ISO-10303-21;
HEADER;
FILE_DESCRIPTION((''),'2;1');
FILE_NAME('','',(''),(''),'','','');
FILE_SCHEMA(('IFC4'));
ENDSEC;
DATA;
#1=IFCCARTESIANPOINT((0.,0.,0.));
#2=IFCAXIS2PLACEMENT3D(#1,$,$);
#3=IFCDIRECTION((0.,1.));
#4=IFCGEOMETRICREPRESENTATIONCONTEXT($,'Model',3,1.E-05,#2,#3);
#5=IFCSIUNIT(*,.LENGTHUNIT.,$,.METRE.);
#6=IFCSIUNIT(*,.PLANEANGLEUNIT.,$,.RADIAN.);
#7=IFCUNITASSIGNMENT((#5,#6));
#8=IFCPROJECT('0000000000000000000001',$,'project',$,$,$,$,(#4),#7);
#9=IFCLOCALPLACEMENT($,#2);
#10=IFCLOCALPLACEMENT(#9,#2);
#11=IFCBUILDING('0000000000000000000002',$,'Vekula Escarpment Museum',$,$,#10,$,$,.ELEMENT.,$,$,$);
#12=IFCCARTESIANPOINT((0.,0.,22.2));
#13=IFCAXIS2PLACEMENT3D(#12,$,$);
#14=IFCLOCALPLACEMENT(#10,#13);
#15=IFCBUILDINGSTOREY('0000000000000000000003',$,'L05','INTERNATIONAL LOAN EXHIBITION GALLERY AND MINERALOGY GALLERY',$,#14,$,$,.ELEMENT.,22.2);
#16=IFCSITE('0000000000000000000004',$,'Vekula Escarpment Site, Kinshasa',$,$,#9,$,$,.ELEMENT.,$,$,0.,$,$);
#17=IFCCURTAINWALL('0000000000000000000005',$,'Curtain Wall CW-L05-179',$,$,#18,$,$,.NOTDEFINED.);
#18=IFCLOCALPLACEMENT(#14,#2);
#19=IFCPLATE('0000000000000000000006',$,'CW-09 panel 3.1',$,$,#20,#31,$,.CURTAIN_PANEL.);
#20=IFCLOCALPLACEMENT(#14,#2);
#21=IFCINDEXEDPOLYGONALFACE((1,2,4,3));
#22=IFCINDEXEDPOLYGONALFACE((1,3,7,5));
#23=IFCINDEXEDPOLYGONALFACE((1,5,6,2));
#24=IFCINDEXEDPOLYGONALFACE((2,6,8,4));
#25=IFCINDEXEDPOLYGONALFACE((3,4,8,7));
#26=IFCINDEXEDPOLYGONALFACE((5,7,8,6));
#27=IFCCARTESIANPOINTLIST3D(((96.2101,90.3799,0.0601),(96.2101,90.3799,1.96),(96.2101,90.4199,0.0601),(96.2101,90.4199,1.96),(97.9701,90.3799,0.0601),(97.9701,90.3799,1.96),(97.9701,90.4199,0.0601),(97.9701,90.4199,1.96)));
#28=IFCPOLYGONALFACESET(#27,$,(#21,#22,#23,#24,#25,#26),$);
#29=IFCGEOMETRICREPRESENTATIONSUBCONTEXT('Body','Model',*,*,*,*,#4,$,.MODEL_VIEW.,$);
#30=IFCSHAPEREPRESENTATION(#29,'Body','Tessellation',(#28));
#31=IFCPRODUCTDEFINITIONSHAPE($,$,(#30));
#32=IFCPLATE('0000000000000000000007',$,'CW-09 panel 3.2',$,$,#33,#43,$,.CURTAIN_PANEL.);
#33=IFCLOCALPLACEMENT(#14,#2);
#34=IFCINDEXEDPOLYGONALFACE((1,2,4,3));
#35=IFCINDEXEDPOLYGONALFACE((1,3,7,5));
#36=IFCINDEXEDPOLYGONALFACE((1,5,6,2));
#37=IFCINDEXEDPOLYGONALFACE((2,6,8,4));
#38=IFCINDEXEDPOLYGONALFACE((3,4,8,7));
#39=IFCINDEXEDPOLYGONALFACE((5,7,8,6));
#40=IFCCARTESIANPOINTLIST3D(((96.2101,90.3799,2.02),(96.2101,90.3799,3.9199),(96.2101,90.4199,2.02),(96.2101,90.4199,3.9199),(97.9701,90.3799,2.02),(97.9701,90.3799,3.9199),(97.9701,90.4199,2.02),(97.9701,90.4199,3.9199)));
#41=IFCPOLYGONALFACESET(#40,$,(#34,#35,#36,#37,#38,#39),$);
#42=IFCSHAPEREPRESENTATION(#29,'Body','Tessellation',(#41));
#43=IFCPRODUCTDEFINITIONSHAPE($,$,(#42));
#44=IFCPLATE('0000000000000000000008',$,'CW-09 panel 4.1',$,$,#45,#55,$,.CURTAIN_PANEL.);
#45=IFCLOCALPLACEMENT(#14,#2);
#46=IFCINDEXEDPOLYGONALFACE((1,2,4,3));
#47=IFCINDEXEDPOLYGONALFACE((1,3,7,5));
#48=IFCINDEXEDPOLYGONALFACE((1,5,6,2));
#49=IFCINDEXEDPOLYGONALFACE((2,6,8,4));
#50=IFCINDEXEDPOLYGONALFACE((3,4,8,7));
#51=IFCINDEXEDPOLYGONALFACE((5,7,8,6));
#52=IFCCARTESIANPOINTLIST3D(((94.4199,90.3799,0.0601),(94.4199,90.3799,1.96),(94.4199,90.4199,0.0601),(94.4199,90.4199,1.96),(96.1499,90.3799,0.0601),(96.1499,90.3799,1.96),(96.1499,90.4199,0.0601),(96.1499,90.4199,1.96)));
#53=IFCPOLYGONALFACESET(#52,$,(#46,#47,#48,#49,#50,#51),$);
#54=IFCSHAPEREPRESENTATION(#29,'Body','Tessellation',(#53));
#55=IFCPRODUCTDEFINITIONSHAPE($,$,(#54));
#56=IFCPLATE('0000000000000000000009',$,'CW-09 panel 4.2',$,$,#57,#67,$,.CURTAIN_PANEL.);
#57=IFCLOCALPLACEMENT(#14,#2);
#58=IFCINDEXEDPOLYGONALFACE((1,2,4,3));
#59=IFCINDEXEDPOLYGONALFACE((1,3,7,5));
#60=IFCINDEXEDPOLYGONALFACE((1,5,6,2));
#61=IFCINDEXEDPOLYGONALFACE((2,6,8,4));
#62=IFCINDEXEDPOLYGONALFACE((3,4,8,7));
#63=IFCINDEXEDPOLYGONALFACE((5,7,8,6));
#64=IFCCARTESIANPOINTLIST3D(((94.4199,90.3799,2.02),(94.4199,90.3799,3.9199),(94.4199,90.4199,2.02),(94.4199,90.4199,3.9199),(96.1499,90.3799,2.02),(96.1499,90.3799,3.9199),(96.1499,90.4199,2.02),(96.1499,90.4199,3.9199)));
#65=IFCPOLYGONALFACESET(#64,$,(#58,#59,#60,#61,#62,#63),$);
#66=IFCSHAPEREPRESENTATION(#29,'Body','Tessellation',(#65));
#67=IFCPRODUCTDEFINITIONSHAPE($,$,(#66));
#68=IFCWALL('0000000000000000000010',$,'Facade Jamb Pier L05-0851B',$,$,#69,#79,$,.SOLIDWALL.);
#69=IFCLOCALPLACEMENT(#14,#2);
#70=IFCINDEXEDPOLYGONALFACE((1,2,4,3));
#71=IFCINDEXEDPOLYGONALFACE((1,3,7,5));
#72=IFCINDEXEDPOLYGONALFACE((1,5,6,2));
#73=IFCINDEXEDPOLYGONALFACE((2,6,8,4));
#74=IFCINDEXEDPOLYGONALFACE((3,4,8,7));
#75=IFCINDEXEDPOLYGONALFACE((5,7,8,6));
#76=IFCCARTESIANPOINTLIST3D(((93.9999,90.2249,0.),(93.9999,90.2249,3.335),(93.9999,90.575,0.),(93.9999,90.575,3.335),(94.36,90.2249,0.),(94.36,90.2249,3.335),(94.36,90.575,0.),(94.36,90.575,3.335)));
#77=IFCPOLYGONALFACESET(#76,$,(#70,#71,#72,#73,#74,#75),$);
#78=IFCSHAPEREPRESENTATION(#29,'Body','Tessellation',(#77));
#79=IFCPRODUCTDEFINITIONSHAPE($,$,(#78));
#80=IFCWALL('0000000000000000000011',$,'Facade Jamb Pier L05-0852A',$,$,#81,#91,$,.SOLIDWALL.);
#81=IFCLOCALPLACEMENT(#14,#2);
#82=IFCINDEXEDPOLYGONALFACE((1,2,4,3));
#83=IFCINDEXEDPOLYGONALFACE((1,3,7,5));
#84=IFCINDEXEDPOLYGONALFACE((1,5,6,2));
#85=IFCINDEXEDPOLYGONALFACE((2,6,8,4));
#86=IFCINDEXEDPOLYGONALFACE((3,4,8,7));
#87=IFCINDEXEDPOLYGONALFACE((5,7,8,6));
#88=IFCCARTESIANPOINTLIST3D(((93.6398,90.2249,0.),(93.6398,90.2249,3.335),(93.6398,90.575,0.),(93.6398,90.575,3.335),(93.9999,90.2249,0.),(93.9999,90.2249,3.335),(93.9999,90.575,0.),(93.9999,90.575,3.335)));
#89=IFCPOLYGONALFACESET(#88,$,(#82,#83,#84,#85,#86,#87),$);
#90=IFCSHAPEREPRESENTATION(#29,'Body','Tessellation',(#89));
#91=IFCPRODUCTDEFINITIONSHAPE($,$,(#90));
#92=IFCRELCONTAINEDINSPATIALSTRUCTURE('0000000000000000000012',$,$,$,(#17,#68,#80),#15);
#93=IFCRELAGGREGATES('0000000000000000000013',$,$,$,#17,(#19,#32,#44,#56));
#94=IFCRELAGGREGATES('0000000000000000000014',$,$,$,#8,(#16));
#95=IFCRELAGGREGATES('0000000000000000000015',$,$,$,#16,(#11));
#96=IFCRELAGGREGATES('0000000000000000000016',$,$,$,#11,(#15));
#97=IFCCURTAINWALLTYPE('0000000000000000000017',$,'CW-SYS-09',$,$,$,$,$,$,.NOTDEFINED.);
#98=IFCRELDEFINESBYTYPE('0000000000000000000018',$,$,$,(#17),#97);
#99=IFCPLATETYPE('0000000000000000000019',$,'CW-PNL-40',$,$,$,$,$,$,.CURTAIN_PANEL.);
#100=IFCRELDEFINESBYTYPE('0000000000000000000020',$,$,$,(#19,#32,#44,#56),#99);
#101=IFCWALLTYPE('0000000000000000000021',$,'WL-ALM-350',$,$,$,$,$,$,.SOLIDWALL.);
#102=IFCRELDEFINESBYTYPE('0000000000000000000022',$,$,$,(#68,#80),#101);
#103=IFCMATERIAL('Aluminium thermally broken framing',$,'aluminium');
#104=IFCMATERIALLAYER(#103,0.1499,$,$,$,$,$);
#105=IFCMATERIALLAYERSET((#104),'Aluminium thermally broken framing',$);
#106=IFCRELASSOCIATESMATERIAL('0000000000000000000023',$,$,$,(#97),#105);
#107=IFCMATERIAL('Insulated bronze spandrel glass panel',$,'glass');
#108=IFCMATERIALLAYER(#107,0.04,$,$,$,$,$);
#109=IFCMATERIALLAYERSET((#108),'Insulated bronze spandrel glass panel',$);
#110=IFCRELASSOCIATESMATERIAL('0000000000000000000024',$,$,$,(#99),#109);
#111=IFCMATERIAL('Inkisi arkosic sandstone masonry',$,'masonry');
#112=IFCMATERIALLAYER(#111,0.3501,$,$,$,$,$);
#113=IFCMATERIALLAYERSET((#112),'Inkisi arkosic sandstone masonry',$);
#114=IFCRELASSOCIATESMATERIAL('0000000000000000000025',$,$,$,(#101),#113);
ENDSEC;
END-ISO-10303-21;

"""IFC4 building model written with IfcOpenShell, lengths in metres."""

from ifc_helpers import new_model, si_unit, direction, frame, frame_2d, origin, origin_2d, place, context, subcontext, project, spatial, rectangle, extrude, material, layer, layer_set, type_object, element, aggregate, save


model = new_model("IFC4")

# Units and contexts
model_context = context("Model", 3, precision=1e-05, world=origin(), true_north=direction((0.0, 1.0)))
body_context = subcontext(model_context, "Body", "Model", "MODEL_VIEW")
ifc_project = project(units=[si_unit("LENGTHUNIT", "METRE"), si_unit("PLANEANGLEUNIT", "RADIAN")], contexts=[model_context])

# Site, building, storey
site_placement = place(None, origin())
site = spatial("IfcSite", under=ifc_project, at=site_placement, Name="Vekula Escarpment Site, Kinshasa", CompositionType="ELEMENT", RefElevation=0.0)
building_placement = place(site_placement, origin())
building = spatial("IfcBuilding", under=site, at=building_placement, Name="Vekula Escarpment Museum", CompositionType="ELEMENT")
storey_placement = place(building_placement, frame((0.0, 0.0, 22.2)))
storey = spatial("IfcBuildingStorey", under=building, at=storey_placement, Name="L05", Description="INTERNATIONAL LOAN EXHIBITION GALLERY AND MINERALOGY GALLERY", CompositionType="ELEMENT", Elevation=22.2)

# Curtain wall
ifc_material_1 = material(Name="Aluminium thermally broken framing", Category="aluminium")
ifc_layer_1 = layer(ifc_material_1, 0.1499)
ifc_layer_set_1 = layer_set([ifc_layer_1], Name="Aluminium thermally broken framing")
curtain_wall_type_1 = type_object("IfcCurtainWallType", Name="CW-SYS-09", PredefinedType="NOTDEFINED", material=ifc_layer_set_1)
curtain_wall_1_placement = place(storey_placement, origin())
curtain_wall_1 = element("IfcCurtainWall", 1, at=curtain_wall_1_placement, inside=storey, type_object=curtain_wall_type_1, Name="Curtain Wall CW-L05-179", PredefinedType="NOTDEFINED")

# Plates
ifc_material_2 = material(Name="Insulated bronze spandrel glass panel", Category="glass")
ifc_layer_2 = layer(ifc_material_2, 0.04)
ifc_layer_set_2 = layer_set([ifc_layer_2], Name="Insulated bronze spandrel glass panel")
plate_type = type_object("IfcPlateType", Name="CW-PNL-40", PredefinedType="CURTAIN_PANEL", material=ifc_layer_set_2)
plate_1_placement = place(storey_placement, frame((97.0901, 90.3999, 0.0601), z_axis=(0.0, 0.0, 1.0), x_axis=(-1.0, 0.0, 0.0)))
plate_1 = element("IfcPlate", 2, at=plate_1_placement, type_object=plate_type, Name="CW-09 panel 3.1", PredefinedType="CURTAIN_PANEL", context=body_context, shape_type="SweptSolid", body=[
    extrude(rectangle(XDim=1.76, YDim=0.04, at=origin_2d()), origin(), (0.0, 0.0, 1.0), 1.8999),
])
plate_2_placement = place(storey_placement, frame((97.0901, 90.3999, 2.02), z_axis=(0.0, 0.0, 1.0), x_axis=(-1.0, 0.0, 0.0)))
plate_2 = element("IfcPlate", 3, at=plate_2_placement, type_object=plate_type, Name="CW-09 panel 3.2", PredefinedType="CURTAIN_PANEL", context=body_context, shape_type="SweptSolid", body=[
    extrude(rectangle(XDim=1.76, YDim=0.04, at=origin_2d()), origin(), (0.0, 0.0, 1.0), 1.8999),
])
plate_3_placement = place(storey_placement, frame((95.2849, 90.3999, 0.0601), z_axis=(0.0, 0.0, 1.0), x_axis=(-1.0, 0.0, 0.0)))
plate_3 = element("IfcPlate", 4, at=plate_3_placement, type_object=plate_type, Name="CW-09 panel 4.1", PredefinedType="CURTAIN_PANEL", context=body_context, shape_type="SweptSolid", body=[
    extrude(rectangle(XDim=1.73, YDim=0.04, at=origin_2d()), origin(), (0.0, 0.0, 1.0), 1.8999),
])
plate_4_placement = place(storey_placement, frame((95.2849, 90.3999, 2.02), z_axis=(0.0, 0.0, 1.0), x_axis=(-1.0, 0.0, 0.0)))
plate_4 = element("IfcPlate", 5, at=plate_4_placement, type_object=plate_type, Name="CW-09 panel 4.2", PredefinedType="CURTAIN_PANEL", context=body_context, shape_type="SweptSolid", body=[
    extrude(rectangle(XDim=1.73, YDim=0.04, at=origin_2d()), origin(), (0.0, 0.0, 1.0), 1.8999),
])
aggregate(curtain_wall_1, [plate_1, plate_2, plate_3, plate_4])

# Walls
ifc_material_3 = material(Name="Inkisi arkosic sandstone masonry", Category="masonry")
ifc_layer_3 = layer(ifc_material_3, 0.3501)
ifc_layer_set_3 = layer_set([ifc_layer_3], Name="Inkisi arkosic sandstone masonry")
wall_type = type_object("IfcWallType", Name="WL-ALM-350", PredefinedType="SOLIDWALL", material=ifc_layer_set_3)
for number, where, z_axis, x_axis, name in (
    (6, (94.3601, 90.3999, 0.0), (0.0, 0.0, 1.0), (-1.0, 0.0, 0.0), "Facade Jamb Pier L05-0851B"),
    (7, (94.0, 90.3999, 0.0), (0.0, 0.0, 1.0), (-1.0, 0.0, 0.0), "Facade Jamb Pier L05-0852A"),
):
    element("IfcWall", number, at=place(storey_placement, frame(where, z_axis=z_axis, x_axis=x_axis)), inside=storey, type_object=wall_type, Name=name, PredefinedType="SOLIDWALL", context=body_context, shape_type="SweptSolid", body=[
        extrude(rectangle(XDim=0.3601, YDim=0.3501, at=frame_2d((0.1802, 0.0))), origin(), (0.0, 0.0, 1.0), 3.335),
    ])

save(model, "model.ifc")
